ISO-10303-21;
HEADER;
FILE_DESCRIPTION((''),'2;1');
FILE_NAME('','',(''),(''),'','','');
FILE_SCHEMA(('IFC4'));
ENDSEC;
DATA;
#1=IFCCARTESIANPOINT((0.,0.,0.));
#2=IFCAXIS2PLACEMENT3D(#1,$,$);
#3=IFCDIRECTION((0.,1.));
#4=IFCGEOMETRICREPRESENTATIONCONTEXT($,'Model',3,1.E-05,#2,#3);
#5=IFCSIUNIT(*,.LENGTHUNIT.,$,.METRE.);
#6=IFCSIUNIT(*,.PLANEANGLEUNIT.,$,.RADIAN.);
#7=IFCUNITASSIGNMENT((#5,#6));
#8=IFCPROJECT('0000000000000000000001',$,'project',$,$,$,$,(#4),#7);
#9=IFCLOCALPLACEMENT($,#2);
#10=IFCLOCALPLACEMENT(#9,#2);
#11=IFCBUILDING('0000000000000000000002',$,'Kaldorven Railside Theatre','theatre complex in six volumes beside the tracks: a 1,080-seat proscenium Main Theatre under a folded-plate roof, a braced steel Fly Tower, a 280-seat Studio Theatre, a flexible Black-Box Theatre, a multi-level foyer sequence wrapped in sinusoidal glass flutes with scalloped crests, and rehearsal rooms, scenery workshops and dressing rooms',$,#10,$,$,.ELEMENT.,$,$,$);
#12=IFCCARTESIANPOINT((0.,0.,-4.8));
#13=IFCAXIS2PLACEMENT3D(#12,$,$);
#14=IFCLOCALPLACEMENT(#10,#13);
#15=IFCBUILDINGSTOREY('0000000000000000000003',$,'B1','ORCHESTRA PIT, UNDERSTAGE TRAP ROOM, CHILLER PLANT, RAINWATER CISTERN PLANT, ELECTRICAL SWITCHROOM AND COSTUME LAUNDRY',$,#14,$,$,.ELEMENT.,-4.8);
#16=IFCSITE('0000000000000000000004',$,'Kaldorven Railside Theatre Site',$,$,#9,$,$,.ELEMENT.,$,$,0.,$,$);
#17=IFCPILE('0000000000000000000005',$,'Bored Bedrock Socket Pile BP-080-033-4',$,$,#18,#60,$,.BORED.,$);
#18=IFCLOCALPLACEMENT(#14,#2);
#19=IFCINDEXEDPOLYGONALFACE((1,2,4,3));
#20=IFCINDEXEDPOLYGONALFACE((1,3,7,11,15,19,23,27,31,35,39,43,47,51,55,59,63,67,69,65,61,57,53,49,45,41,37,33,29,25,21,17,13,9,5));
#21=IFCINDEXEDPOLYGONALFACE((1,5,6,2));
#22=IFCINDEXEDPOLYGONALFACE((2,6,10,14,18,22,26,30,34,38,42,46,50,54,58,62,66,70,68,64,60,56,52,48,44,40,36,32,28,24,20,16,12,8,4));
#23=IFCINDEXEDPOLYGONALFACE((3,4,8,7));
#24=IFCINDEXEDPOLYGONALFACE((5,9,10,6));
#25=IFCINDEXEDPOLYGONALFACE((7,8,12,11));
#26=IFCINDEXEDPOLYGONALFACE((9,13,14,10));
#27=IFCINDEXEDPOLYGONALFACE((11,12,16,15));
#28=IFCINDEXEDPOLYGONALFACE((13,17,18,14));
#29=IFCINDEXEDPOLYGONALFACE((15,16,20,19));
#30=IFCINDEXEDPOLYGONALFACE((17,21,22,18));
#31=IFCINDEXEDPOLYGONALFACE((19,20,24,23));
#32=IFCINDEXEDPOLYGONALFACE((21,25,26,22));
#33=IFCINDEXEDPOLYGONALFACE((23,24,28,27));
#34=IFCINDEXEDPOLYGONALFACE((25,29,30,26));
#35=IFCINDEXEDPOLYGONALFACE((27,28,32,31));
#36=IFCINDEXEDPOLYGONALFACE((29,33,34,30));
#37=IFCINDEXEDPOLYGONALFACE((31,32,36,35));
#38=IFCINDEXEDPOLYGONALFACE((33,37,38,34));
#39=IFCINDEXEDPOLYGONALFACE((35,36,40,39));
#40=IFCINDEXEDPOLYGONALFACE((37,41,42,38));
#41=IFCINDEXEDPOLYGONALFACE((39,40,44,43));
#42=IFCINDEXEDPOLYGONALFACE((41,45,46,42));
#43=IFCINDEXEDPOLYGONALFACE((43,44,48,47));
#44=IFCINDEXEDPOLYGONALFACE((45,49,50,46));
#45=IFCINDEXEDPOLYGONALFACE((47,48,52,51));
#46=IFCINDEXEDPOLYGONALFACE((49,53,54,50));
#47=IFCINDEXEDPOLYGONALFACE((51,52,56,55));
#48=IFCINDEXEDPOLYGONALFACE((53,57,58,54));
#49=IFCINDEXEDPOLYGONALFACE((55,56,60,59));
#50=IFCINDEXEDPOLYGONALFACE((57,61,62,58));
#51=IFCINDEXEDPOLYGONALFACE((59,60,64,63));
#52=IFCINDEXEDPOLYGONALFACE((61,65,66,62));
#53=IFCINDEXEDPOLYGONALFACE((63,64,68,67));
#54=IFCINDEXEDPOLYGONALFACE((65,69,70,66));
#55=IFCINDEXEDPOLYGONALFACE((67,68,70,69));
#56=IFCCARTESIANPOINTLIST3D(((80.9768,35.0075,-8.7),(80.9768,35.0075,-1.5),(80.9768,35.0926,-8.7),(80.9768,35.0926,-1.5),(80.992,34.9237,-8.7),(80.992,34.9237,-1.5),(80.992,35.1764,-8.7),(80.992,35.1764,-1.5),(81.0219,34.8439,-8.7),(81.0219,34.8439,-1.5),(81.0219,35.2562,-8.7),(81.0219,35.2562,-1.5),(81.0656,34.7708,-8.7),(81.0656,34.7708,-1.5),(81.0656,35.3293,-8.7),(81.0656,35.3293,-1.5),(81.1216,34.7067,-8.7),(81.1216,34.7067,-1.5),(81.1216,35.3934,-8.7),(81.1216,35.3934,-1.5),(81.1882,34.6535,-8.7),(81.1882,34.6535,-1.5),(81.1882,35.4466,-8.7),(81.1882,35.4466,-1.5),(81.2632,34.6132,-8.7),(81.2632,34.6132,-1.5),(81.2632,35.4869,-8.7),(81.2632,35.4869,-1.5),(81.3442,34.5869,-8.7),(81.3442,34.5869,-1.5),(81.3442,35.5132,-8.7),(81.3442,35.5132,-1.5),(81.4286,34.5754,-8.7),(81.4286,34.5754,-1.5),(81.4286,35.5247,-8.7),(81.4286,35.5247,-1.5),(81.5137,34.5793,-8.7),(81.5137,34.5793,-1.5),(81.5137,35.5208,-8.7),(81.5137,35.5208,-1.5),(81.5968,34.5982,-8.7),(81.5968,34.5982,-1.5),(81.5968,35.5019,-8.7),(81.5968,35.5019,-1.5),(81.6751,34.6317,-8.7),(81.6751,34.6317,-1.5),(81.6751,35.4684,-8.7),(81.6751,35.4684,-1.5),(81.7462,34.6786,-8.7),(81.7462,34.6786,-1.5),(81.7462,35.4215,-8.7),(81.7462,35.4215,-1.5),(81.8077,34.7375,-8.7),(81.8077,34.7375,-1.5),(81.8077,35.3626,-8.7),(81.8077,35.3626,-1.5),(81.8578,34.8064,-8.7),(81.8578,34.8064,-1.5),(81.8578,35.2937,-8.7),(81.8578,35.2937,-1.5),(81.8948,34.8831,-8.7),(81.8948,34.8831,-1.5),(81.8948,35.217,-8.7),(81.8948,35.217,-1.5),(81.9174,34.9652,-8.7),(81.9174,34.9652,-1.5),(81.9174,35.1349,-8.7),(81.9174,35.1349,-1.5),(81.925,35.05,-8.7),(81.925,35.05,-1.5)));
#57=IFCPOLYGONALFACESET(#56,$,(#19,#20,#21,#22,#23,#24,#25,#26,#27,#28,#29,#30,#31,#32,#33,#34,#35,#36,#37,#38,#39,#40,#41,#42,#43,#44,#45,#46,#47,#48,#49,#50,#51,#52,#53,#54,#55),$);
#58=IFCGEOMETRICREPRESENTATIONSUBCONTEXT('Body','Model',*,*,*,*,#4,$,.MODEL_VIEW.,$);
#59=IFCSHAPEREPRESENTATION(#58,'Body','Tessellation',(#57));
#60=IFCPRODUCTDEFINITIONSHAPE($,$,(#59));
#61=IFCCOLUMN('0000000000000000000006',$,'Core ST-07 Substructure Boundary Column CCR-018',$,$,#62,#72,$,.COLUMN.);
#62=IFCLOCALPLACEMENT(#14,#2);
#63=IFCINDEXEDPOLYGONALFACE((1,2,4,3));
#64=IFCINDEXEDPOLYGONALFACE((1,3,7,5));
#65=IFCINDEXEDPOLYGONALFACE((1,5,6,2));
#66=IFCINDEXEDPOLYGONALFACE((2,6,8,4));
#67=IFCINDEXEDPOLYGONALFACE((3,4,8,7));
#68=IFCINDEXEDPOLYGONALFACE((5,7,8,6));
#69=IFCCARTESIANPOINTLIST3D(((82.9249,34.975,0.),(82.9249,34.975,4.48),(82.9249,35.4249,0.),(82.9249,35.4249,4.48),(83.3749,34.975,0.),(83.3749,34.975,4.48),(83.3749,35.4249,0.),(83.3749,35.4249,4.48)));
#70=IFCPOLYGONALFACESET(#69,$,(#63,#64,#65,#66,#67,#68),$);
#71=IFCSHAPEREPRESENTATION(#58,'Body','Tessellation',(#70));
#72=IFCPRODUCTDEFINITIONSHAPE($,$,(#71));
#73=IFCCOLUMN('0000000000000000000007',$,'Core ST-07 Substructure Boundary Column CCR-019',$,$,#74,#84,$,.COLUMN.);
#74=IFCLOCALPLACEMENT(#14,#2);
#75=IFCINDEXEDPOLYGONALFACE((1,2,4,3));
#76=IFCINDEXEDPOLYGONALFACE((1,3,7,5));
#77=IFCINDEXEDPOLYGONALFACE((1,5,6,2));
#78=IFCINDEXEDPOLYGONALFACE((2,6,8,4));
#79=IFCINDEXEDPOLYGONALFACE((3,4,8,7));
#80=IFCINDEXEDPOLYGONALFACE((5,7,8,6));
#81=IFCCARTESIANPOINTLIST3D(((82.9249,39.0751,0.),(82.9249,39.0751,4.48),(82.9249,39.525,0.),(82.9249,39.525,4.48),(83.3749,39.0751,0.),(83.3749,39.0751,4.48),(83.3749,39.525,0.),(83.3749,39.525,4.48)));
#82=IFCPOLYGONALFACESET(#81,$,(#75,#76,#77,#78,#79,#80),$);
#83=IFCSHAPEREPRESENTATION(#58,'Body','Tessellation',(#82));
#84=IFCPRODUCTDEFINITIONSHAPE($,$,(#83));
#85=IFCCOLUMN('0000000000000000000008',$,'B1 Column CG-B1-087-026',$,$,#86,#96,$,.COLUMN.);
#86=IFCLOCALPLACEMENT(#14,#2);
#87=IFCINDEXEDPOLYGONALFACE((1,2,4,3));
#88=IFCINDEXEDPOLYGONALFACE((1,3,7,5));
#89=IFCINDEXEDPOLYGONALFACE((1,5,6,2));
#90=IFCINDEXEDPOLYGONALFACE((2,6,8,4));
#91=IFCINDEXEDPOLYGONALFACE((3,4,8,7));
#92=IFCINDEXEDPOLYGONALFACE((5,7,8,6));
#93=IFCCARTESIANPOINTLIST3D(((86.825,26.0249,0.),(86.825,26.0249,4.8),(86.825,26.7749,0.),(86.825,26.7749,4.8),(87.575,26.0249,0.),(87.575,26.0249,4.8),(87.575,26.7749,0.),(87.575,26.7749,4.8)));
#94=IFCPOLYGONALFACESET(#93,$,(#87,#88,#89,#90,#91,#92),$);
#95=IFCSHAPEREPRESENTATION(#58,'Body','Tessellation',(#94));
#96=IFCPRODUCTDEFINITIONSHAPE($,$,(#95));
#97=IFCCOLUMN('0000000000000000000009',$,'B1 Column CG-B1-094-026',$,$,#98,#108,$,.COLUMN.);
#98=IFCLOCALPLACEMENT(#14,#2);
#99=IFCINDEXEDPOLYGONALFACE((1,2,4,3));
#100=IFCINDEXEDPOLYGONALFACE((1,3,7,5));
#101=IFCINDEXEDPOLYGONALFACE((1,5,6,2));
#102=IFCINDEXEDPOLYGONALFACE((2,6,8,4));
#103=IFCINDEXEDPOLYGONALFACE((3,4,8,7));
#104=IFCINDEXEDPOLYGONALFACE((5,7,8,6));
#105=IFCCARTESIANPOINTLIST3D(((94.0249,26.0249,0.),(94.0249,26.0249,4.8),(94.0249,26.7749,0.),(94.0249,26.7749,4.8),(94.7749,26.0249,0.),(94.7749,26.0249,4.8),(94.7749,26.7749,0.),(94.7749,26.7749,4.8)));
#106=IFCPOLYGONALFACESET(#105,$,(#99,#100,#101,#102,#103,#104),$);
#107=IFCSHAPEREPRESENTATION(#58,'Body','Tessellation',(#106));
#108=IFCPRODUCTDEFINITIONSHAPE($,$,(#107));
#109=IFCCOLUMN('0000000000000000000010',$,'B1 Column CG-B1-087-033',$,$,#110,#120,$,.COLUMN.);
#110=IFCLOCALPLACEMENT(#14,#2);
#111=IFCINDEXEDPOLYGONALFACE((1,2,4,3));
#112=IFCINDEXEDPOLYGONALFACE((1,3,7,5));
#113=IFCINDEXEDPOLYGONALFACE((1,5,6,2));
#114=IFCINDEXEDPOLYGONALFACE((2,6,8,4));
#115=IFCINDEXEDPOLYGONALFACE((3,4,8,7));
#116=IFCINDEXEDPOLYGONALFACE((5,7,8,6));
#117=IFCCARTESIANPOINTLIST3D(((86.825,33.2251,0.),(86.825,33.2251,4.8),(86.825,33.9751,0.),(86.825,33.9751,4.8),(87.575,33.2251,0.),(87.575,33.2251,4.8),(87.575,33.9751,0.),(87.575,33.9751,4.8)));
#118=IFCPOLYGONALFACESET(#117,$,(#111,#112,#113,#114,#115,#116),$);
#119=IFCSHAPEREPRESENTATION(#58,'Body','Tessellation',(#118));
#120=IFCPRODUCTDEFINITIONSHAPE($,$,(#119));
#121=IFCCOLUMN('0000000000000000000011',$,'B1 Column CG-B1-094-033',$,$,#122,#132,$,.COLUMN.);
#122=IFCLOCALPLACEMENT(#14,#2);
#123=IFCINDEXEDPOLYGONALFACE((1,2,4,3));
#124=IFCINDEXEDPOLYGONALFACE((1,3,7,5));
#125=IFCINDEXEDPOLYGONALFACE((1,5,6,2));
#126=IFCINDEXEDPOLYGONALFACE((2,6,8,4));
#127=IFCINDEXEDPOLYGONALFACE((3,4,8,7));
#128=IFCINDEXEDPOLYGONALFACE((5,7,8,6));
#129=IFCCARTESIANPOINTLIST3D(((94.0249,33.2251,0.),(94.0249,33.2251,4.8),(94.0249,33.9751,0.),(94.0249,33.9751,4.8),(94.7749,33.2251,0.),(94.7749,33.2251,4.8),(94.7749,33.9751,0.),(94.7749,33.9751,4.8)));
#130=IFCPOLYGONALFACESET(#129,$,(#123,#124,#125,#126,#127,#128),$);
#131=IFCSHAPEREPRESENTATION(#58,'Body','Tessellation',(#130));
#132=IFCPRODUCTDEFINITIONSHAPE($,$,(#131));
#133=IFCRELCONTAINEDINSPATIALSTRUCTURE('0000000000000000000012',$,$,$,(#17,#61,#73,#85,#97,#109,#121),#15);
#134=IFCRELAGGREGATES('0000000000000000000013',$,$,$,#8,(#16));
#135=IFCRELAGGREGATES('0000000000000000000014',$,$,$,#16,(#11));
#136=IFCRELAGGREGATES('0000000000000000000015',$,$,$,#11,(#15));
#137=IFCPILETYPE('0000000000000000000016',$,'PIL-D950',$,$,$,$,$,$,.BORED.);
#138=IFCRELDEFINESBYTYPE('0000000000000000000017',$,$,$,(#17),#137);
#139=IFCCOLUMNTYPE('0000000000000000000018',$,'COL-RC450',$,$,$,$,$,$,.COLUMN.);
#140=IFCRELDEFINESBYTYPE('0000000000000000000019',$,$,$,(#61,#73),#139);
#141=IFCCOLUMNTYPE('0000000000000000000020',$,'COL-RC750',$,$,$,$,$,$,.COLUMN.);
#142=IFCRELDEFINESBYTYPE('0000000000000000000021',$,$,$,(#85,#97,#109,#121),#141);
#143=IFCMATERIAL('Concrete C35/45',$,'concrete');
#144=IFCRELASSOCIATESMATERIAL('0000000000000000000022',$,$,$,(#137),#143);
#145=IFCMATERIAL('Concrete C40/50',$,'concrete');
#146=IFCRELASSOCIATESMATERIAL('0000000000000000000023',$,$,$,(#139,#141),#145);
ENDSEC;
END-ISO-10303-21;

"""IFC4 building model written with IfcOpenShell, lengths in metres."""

from ifc_helpers import new_model, si_unit, direction, frame, origin, origin_2d, place, context, subcontext, project, spatial, rectangle, circle, extrude, material, material_profile, profile_set, type_object, element, save


model = new_model("IFC4")

# Units and contexts
model_context = context("Model", 3, precision=1e-05, world=origin(), true_north=direction((0.0, 1.0)))
body_context = subcontext(model_context, "Body", "Model", "MODEL_VIEW")
ifc_project = project(units=[si_unit("LENGTHUNIT", "METRE"), si_unit("PLANEANGLEUNIT", "RADIAN")], contexts=[model_context])

# Site, building, storey
site_placement = place(None, origin())
site = spatial("IfcSite", under=ifc_project, at=site_placement, Name="Kaldorven Railside Theatre Site", CompositionType="ELEMENT", RefElevation=0.0)
building_placement = place(site_placement, origin())
building = spatial("IfcBuilding", under=site, at=building_placement, Name="Kaldorven Railside Theatre", Description="theatre complex in six volumes beside the tracks: a 1,080-seat proscenium Main Theatre under a folded-plate roof, a braced steel Fly Tower, a 280-seat Studio Theatre, a flexible Black-Box Theatre, a multi-level foyer sequence wrapped in sinusoidal glass flutes with scalloped crests, and rehearsal rooms, scenery workshops and dressing rooms", CompositionType="ELEMENT")
storey_placement = place(building_placement, frame((0.0, 0.0, -4.8)))
storey = spatial("IfcBuildingStorey", under=building, at=storey_placement, Name="B1", Description="ORCHESTRA PIT, UNDERSTAGE TRAP ROOM, CHILLER PLANT, RAINWATER CISTERN PLANT, ELECTRICAL SWITCHROOM AND COSTUME LAUNDRY", CompositionType="ELEMENT", Elevation=-4.8)

# Shared definitions
ifc_material_1 = material(Name="Concrete C40/50", Category="concrete")

# Pile
ifc_material_2 = material(Name="Concrete C35/45", Category="concrete")
ifc_material_profile_1 = material_profile(ifc_material_2, circle(Radius=0.4751, at=origin_2d()), Name="BP D950")
ifc_profile_set_1 = profile_set([ifc_material_profile_1], Name="Concrete C35/45")
pile_type_1 = type_object("IfcPileType", Name="PIL-D950", PredefinedType="BORED", material=ifc_profile_set_1)
for number, where, z_axis, x_axis, name in (
    (1, (81.45, 35.05, -1.5), (0.0, 0.0, -1.0), (1.0, 0.0, 0.0), "Bored Bedrock Socket Pile BP-080-033-4"),
):
    element("IfcPile", number, at=place(storey_placement, frame(where, z_axis=z_axis, x_axis=x_axis)), inside=storey, type_object=pile_type_1, Name=name, PredefinedType="BORED", context=body_context, shape_type="SweptSolid", body=[
        extrude(circle(Radius=0.4751, at=origin_2d()), origin(), (0.0, 0.0, 1.0), 7.2),
    ])

# Columns
ifc_material_profile_2 = material_profile(ifc_material_1, rectangle(XDim=0.45, YDim=0.45, at=origin_2d()), Name="RC 450x450")
ifc_profile_set_2 = profile_set([ifc_material_profile_2], Name="Concrete C40/50")
column_type_1 = type_object("IfcColumnType", Name="COL-RC450", PredefinedType="COLUMN", material=ifc_profile_set_2)
for number, where, z_axis, x_axis, name in (
    (2, (83.1499, 35.2, 0.0), (0.0, 0.0, 1.0), (1.0, 0.0, 0.0), "Core ST-07 Substructure Boundary Column CCR-018"),
    (3, (83.1499, 39.3, 0.0), (0.0, 0.0, 1.0), (1.0, 0.0, 0.0), "Core ST-07 Substructure Boundary Column CCR-019"),
):
    element("IfcColumn", number, at=place(storey_placement, frame(where, z_axis=z_axis, x_axis=x_axis)), inside=storey, type_object=column_type_1, Name=name, PredefinedType="COLUMN", context=body_context, shape_type="SweptSolid", body=[
        extrude(rectangle(XDim=0.45, YDim=0.45, at=origin_2d()), origin(), (0.0, 0.0, 1.0), 4.48),
    ])
ifc_material_profile_3 = material_profile(ifc_material_1, rectangle(XDim=0.75, YDim=0.75, at=origin_2d()), Name="RC 750x750")
ifc_profile_set_3 = profile_set([ifc_material_profile_3], Name="Concrete C40/50")
column_type_2 = type_object("IfcColumnType", Name="COL-RC750", PredefinedType="COLUMN", material=ifc_profile_set_3)
for number, where, z_axis, x_axis, name in (
    (4, (87.2, 26.3999, 0.0), (0.0, 0.0, 1.0), (0.0, 1.0, 0.0), "B1 Column CG-B1-087-026"),
    (5, (94.3999, 26.3999, 0.0), (0.0, 0.0, 1.0), (1.0, 0.0, 0.0), "B1 Column CG-B1-094-026"),
    (6, (87.2, 33.6001, 0.0), (0.0, 0.0, 1.0), (1.0, 0.0, 0.0), "B1 Column CG-B1-087-033"),
    (7, (94.3999, 33.6001, 0.0), (0.0, 0.0, 1.0), (1.0, 0.0, 0.0), "B1 Column CG-B1-094-033"),
):
    element("IfcColumn", number, at=place(storey_placement, frame(where, z_axis=z_axis, x_axis=x_axis)), inside=storey, type_object=column_type_2, Name=name, PredefinedType="COLUMN", context=body_context, shape_type="SweptSolid", body=[
        extrude(rectangle(XDim=0.75, YDim=0.75, at=origin_2d()), origin(), (0.0, 0.0, 1.0), 4.8),
    ])

save(model, "model.ifc")
